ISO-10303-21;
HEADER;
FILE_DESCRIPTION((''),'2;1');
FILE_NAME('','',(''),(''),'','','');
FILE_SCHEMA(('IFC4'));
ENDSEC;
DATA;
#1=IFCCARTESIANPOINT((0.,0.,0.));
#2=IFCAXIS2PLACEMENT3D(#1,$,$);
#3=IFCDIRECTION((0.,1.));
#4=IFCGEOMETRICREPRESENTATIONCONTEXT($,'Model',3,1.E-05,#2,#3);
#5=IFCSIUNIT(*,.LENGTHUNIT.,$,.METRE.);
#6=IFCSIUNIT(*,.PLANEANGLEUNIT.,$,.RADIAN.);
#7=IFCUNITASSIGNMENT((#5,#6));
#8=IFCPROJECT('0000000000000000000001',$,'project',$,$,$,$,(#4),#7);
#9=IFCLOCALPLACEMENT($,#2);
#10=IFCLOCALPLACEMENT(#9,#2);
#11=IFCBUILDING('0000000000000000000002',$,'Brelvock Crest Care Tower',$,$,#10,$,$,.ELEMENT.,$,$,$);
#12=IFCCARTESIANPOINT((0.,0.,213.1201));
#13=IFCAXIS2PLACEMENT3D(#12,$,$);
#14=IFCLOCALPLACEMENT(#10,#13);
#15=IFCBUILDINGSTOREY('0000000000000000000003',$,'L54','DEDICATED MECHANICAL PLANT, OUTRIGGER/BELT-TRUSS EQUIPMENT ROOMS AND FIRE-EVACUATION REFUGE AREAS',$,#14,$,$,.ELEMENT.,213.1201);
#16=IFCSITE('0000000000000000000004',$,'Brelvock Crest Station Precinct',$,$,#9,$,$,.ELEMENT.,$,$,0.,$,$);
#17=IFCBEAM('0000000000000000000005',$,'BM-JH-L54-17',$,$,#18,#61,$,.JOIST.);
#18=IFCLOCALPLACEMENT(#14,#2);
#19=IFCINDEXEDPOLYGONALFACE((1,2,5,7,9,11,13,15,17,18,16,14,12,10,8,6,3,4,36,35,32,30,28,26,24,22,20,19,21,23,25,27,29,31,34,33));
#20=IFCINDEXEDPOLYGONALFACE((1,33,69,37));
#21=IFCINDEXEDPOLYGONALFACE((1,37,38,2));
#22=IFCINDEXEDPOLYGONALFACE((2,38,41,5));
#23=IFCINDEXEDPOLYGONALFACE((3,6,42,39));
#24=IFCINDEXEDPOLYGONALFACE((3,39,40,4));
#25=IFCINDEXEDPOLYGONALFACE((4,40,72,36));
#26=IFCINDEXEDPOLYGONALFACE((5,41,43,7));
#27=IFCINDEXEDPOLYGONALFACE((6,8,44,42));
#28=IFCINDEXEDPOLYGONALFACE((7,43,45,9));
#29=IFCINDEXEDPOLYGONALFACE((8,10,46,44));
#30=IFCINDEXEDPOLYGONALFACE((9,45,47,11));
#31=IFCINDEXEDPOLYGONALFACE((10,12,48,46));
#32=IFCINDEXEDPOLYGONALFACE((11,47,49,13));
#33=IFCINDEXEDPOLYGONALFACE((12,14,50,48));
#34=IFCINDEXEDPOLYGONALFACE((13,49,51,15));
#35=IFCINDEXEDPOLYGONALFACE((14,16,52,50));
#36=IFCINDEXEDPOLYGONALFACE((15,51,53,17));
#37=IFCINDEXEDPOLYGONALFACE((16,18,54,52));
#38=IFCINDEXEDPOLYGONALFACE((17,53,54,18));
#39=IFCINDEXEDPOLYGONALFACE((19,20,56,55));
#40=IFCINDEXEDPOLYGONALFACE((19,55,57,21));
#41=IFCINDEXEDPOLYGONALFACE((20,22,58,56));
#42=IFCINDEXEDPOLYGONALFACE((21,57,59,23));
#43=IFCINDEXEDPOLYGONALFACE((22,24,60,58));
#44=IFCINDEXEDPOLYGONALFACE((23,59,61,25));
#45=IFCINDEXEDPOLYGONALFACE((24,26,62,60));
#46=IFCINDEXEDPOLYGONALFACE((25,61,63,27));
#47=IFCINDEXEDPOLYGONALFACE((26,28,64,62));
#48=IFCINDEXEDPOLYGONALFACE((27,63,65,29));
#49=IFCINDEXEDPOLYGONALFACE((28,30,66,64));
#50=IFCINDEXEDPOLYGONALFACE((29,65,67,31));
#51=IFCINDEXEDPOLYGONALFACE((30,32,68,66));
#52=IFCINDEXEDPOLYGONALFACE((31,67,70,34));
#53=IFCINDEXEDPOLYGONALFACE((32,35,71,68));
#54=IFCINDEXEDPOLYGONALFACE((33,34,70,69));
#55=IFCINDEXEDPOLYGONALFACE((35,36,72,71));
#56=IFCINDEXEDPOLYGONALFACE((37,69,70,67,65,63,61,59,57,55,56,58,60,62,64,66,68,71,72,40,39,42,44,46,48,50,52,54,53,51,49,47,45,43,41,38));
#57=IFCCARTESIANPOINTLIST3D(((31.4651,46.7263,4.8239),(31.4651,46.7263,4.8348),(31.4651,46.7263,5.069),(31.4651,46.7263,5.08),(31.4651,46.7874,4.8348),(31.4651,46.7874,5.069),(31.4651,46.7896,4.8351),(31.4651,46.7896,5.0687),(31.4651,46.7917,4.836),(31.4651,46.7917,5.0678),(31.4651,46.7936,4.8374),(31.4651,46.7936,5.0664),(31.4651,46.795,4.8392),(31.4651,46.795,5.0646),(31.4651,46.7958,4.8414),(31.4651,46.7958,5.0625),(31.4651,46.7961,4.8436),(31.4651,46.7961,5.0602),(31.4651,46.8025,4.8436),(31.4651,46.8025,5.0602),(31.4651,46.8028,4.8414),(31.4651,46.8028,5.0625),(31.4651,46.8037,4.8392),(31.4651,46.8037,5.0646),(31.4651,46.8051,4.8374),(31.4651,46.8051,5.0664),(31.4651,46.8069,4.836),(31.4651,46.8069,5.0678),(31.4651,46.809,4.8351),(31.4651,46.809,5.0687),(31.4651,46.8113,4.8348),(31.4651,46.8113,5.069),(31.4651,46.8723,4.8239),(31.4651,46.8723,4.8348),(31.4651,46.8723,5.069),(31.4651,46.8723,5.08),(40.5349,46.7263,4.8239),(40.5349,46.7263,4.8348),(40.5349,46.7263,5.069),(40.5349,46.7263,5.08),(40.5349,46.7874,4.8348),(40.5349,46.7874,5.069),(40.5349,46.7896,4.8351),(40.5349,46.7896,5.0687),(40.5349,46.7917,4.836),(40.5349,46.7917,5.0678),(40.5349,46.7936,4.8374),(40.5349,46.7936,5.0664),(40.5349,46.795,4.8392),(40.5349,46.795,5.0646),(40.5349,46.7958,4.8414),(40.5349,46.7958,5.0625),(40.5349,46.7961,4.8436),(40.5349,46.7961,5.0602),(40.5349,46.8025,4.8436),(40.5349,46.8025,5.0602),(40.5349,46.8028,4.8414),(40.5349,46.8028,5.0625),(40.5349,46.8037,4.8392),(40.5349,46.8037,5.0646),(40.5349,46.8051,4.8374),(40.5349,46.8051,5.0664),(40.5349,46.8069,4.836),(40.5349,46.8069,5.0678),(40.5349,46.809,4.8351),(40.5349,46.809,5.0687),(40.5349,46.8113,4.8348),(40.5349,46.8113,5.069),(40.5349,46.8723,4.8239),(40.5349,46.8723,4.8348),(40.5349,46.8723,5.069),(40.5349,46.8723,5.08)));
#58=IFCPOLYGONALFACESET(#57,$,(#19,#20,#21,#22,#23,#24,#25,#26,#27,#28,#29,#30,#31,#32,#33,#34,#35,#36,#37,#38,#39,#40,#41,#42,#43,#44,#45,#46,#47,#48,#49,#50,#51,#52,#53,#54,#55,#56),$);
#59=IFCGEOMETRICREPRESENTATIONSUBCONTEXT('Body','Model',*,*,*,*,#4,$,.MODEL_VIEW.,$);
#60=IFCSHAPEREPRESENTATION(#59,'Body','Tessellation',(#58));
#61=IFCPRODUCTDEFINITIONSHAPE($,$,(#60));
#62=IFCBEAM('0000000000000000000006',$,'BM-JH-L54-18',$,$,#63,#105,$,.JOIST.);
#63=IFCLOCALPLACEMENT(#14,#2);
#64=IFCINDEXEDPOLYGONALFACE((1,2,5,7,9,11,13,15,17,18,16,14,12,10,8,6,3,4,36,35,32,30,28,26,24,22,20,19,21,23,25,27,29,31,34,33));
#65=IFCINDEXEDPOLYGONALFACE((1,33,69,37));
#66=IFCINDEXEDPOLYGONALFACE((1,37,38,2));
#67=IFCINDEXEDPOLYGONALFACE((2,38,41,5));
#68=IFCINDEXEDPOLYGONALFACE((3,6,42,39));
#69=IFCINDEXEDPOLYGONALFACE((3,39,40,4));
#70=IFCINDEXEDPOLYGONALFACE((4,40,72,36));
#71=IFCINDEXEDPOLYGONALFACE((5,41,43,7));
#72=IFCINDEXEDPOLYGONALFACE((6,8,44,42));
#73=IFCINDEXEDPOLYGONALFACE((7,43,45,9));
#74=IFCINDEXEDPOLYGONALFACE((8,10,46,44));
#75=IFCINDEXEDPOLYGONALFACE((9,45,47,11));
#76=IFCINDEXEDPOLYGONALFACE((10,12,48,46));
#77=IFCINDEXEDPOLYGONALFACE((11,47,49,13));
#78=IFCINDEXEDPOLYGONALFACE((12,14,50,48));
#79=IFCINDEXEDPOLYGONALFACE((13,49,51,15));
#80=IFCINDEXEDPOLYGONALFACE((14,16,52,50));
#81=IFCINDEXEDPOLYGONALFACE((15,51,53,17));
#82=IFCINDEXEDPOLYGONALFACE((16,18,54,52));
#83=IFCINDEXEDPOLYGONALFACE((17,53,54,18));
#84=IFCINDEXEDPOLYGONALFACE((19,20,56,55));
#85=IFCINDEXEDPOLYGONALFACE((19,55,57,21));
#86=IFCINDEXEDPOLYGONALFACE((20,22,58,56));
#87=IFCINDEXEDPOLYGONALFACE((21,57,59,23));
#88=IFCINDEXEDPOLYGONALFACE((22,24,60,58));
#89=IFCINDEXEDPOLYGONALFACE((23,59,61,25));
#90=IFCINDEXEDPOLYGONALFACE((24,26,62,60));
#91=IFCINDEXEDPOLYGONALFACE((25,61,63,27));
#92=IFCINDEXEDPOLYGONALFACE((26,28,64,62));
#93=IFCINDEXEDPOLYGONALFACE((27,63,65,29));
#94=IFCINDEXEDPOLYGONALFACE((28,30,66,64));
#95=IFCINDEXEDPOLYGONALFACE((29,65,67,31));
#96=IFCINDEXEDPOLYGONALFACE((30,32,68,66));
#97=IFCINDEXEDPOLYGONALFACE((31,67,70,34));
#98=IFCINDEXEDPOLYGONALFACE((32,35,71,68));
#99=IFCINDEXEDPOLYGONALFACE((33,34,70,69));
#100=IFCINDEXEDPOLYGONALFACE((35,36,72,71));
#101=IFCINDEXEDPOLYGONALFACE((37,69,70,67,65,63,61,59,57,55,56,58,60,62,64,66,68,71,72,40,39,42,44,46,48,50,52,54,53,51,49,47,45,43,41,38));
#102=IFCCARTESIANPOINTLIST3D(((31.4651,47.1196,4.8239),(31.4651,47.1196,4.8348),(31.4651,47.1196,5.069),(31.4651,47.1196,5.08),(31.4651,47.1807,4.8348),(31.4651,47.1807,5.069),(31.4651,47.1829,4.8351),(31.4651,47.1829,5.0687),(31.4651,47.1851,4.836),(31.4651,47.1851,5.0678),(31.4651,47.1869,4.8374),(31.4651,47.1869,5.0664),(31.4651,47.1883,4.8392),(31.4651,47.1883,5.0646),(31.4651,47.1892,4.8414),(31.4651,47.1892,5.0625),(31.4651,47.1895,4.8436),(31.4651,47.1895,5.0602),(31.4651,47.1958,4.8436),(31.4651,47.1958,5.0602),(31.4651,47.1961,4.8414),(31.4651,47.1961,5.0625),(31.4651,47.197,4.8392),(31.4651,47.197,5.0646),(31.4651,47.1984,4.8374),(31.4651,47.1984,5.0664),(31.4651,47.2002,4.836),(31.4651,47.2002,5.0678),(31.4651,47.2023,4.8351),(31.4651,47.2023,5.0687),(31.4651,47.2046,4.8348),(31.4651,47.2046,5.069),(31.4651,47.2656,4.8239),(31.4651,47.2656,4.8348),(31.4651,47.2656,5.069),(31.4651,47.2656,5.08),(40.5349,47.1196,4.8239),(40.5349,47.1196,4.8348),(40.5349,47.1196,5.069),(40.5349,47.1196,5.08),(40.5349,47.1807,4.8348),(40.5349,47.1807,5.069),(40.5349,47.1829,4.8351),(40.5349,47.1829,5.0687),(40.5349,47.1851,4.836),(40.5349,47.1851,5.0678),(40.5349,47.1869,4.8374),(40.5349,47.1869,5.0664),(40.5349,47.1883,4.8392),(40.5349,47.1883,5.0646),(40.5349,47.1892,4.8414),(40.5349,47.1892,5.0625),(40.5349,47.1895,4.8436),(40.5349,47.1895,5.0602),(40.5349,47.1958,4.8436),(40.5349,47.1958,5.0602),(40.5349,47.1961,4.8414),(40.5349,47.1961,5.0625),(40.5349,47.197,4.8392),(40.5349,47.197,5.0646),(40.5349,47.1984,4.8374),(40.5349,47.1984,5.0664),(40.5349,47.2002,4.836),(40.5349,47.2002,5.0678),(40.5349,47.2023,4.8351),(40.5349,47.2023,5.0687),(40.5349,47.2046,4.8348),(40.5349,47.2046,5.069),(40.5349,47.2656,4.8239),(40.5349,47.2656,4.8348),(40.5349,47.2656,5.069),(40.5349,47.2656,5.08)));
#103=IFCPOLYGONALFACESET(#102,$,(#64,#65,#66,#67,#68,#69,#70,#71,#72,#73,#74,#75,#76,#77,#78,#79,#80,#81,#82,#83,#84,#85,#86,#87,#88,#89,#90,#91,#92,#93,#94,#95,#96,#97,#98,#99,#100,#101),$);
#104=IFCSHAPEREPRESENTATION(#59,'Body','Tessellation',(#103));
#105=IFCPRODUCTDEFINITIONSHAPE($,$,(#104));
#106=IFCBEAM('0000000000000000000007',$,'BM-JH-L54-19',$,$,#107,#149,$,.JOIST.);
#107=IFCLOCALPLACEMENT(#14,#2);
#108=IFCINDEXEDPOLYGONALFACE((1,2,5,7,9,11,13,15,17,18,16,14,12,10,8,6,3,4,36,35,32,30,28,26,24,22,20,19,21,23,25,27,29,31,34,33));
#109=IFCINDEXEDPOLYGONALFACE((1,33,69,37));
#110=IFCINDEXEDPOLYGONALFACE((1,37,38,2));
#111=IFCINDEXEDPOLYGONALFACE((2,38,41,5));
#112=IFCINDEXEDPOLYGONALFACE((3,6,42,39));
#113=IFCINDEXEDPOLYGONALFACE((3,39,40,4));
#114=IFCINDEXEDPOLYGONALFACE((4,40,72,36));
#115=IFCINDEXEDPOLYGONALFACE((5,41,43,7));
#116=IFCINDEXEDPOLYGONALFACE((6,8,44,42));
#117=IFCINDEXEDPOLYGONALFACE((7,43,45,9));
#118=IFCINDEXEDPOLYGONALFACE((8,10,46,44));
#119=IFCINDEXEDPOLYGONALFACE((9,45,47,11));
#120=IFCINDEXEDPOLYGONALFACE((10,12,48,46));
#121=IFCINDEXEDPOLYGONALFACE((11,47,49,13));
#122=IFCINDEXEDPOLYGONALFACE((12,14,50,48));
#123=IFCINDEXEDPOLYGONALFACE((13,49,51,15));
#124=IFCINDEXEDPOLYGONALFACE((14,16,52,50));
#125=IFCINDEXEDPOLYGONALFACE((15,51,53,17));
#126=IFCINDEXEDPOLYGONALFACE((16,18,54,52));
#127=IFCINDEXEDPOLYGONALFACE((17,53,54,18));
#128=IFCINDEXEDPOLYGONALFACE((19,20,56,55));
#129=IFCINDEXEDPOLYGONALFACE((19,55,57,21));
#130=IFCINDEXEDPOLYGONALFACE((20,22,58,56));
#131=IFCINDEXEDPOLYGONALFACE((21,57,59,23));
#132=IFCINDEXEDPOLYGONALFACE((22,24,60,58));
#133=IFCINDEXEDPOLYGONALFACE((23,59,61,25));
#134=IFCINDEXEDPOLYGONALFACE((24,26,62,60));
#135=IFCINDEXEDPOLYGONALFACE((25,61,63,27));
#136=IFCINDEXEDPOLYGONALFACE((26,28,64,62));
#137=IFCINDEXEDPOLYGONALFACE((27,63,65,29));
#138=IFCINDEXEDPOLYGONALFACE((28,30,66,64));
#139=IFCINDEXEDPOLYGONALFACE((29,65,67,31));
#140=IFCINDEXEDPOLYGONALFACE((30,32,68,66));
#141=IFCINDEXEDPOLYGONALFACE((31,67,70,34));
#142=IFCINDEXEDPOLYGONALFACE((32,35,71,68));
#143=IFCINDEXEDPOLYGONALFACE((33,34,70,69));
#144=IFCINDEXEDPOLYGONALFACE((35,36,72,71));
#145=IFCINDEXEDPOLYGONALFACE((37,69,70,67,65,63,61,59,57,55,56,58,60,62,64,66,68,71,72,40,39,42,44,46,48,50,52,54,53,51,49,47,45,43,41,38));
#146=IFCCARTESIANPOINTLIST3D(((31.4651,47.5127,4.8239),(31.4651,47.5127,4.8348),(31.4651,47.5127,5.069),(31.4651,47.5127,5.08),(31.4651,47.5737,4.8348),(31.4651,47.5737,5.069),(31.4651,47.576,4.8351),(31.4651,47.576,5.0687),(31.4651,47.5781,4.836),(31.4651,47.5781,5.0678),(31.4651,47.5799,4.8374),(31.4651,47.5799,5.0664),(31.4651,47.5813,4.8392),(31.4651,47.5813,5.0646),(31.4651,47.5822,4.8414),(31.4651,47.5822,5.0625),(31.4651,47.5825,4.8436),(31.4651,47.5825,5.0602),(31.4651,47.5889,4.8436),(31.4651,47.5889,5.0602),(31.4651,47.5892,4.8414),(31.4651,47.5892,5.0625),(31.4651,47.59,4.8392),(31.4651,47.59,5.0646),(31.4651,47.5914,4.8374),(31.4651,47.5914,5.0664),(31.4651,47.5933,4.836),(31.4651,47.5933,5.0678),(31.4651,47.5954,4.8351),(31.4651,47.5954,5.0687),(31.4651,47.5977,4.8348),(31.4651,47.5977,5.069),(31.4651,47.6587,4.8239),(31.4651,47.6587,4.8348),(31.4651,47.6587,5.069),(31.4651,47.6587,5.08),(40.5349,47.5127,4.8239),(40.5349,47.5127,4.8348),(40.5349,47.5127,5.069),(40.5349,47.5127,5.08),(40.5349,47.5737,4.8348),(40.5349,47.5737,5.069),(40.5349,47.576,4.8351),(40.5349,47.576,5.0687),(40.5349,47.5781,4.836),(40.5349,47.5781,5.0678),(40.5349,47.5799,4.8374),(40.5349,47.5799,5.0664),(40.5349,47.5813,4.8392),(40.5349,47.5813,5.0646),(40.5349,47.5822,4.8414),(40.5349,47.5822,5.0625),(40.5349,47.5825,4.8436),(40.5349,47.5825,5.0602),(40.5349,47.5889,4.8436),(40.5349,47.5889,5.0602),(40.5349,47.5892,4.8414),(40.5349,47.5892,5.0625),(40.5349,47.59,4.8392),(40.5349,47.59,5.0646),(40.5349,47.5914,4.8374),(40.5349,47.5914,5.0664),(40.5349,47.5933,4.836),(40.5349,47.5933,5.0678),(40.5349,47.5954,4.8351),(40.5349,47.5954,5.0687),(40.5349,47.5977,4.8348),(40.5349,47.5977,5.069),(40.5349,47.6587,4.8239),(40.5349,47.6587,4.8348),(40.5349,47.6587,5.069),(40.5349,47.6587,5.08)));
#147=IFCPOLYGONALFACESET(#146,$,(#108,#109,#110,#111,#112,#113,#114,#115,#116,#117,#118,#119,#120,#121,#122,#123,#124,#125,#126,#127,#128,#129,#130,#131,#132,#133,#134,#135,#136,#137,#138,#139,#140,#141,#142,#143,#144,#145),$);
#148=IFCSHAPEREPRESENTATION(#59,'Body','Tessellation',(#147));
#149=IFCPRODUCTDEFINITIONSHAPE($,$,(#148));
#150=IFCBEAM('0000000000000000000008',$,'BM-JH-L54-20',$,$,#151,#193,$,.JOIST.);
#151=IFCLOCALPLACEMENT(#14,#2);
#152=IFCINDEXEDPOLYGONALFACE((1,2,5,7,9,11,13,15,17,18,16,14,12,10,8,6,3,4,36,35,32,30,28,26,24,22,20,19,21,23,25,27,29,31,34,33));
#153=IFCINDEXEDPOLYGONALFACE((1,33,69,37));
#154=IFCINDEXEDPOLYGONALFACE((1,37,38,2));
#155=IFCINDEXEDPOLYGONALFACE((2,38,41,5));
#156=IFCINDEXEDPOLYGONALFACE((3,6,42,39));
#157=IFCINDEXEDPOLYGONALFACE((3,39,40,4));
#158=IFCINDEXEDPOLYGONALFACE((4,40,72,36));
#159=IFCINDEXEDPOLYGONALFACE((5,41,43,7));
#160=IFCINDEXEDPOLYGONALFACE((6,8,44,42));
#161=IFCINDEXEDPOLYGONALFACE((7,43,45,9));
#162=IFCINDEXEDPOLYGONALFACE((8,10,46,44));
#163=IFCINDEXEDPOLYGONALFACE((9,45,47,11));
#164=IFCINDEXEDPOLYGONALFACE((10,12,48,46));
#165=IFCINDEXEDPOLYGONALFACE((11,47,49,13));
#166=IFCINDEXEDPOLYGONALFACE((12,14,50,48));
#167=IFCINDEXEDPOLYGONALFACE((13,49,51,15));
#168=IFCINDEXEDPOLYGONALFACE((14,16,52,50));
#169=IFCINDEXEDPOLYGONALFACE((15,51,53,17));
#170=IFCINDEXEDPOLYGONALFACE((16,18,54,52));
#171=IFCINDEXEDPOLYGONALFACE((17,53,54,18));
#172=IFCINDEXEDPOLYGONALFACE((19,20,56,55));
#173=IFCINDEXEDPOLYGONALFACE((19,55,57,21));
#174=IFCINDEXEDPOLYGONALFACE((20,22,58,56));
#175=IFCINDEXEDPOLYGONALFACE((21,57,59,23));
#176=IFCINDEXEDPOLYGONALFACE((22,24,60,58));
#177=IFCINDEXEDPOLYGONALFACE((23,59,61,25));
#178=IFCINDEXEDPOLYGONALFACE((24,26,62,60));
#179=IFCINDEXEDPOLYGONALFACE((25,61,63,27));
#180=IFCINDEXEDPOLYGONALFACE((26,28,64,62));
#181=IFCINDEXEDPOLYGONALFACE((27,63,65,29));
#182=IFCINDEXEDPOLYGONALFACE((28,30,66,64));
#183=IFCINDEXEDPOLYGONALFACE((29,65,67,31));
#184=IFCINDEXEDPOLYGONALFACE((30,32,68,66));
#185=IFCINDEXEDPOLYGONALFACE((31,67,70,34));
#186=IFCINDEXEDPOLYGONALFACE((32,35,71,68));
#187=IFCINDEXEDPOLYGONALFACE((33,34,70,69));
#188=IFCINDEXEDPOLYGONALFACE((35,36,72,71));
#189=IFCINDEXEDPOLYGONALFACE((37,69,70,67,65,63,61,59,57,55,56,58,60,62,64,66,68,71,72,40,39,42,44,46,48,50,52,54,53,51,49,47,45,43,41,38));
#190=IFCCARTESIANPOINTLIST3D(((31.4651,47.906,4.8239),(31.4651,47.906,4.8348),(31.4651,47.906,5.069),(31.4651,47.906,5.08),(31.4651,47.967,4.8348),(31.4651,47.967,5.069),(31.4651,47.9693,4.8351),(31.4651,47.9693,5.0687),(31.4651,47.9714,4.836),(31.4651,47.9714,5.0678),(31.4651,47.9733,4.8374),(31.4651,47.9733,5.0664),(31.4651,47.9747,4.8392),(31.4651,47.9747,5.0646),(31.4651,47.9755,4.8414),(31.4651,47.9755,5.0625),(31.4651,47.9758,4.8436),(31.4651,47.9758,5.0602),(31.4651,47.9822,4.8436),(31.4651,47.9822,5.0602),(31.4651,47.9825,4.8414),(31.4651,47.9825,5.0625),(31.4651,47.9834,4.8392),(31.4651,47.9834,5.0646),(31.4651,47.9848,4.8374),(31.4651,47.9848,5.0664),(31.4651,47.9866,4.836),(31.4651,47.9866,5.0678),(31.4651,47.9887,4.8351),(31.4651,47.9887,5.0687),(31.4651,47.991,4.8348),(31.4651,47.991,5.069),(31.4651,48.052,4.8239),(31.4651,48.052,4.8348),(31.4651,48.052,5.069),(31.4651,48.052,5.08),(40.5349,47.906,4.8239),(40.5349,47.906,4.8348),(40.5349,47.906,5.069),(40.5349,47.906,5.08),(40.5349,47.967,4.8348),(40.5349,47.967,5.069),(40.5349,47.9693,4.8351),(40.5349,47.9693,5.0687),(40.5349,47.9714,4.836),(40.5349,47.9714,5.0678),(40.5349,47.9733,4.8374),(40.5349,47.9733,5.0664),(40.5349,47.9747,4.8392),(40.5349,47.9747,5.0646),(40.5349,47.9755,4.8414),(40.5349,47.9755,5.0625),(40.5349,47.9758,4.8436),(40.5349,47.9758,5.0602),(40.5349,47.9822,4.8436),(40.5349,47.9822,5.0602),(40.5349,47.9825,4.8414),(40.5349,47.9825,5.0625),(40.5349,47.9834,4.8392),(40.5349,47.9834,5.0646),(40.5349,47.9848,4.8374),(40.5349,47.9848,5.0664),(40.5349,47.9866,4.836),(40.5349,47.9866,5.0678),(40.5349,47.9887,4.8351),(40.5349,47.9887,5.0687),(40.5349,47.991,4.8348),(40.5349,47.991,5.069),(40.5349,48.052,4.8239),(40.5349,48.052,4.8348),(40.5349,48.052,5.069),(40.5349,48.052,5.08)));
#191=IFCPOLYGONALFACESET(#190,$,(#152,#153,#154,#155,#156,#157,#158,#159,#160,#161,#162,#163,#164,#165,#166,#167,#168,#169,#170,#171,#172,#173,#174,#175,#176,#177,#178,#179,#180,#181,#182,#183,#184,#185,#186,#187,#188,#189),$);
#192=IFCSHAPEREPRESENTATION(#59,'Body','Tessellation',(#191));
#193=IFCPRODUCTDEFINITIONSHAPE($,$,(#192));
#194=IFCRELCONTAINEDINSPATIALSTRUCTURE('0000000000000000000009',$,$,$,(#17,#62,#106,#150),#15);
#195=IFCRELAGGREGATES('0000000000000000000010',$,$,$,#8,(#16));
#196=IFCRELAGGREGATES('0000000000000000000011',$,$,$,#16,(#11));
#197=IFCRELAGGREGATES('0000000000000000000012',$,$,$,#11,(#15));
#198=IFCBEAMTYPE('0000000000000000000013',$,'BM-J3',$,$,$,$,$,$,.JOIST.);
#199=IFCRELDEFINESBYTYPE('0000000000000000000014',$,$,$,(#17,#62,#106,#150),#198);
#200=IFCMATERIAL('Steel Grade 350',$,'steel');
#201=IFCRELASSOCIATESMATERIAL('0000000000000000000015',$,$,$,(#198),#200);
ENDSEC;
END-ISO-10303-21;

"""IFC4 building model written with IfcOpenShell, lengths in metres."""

from ifc_helpers import new_model, si_unit, direction, frame, origin, origin_2d, place, context, subcontext, project, spatial, i_section, extrude, source, transform, mapped, material, material_profile, profile_set, type_object, element, save


model = new_model("IFC4")

# Units and contexts
model_context = context("Model", 3, precision=1e-05, world=origin(), true_north=direction((0.0, 1.0)))
body_context = subcontext(model_context, "Body", "Model", "MODEL_VIEW")
ifc_project = project(units=[si_unit("LENGTHUNIT", "METRE"), si_unit("PLANEANGLEUNIT", "RADIAN")], contexts=[model_context])

# Site, building, storey
site_placement = place(None, origin())
site = spatial("IfcSite", under=ifc_project, at=site_placement, Name="Brelvock Crest Station Precinct", CompositionType="ELEMENT", RefElevation=0.0)
building_placement = place(site_placement, origin())
building = spatial("IfcBuilding", under=site, at=building_placement, Name="Brelvock Crest Care Tower", CompositionType="ELEMENT")
storey_placement = place(building_placement, frame((0.0, 0.0, 213.1201)))
storey = spatial("IfcBuildingStorey", under=building, at=storey_placement, Name="L54", Description="DEDICATED MECHANICAL PLANT, OUTRIGGER/BELT-TRUSS EQUIPMENT ROOMS AND FIRE-EVACUATION REFUGE AREAS", CompositionType="ELEMENT", Elevation=213.1201)

# Shared definitions
ifc_material_1 = material(Name="Steel Grade 350", Category="steel")

# Beams
ifc_material_profile_1 = material_profile(ifc_material_1, i_section(OverallWidth=0.146, OverallDepth=0.2561, WebThickness=0.0063, FlangeThickness=0.011, FilletRadius=0.0088, at=origin_2d()), Name="250UB37.3")
ifc_profile_set_1 = profile_set([ifc_material_profile_1], Name="Steel Grade 350")
beam_type_1 = type_object("IfcBeamType", Name="BM-J3", PredefinedType="JOIST", material=ifc_profile_set_1)
shared_shape_1 = source(origin(), body_context, "Body", "SweptSolid", [
    extrude(i_section(OverallWidth=0.146, OverallDepth=0.2561, WebThickness=0.0063, FlangeThickness=0.011, FilletRadius=0.0088, at=origin_2d()), origin(), (0.0, 0.0, 1.0), 9.0698),
])
for number, where, z_axis, x_axis, name in (
    (1, (31.4651, 46.7993, 4.9519), (1.0, 0.0, 0.0), (0.0, 1.0, 0.0), "BM-JH-L54-17"),
    (2, (31.4651, 47.1926, 4.9519), (1.0, 0.0, 0.0), (0.0, 1.0, 0.0), "BM-JH-L54-18"),
    (3, (31.4651, 47.5857, 4.9519), (1.0, 0.0, 0.0), (0.0, 1.0, 0.0), "BM-JH-L54-19"),
    (4, (31.4651, 47.979, 4.9519), (1.0, 0.0, 0.0), (0.0, 1.0, 0.0), "BM-JH-L54-20"),
):
    element("IfcBeam", number, at=place(storey_placement, frame(where, z_axis=z_axis, x_axis=x_axis)), inside=storey, type_object=beam_type_1, Name=name, PredefinedType="JOIST", context=body_context, shape_type="MappedRepresentation", body=[
        mapped(shared_shape_1, transform((0.0, 0.0, 0.0), x_axis=(1.0, 0.0, 0.0), y_axis=(0.0, 1.0, 0.0), z_axis=(0.0, 0.0, 1.0), scale=1.0)),
    ])

save(model, "model.ifc")
